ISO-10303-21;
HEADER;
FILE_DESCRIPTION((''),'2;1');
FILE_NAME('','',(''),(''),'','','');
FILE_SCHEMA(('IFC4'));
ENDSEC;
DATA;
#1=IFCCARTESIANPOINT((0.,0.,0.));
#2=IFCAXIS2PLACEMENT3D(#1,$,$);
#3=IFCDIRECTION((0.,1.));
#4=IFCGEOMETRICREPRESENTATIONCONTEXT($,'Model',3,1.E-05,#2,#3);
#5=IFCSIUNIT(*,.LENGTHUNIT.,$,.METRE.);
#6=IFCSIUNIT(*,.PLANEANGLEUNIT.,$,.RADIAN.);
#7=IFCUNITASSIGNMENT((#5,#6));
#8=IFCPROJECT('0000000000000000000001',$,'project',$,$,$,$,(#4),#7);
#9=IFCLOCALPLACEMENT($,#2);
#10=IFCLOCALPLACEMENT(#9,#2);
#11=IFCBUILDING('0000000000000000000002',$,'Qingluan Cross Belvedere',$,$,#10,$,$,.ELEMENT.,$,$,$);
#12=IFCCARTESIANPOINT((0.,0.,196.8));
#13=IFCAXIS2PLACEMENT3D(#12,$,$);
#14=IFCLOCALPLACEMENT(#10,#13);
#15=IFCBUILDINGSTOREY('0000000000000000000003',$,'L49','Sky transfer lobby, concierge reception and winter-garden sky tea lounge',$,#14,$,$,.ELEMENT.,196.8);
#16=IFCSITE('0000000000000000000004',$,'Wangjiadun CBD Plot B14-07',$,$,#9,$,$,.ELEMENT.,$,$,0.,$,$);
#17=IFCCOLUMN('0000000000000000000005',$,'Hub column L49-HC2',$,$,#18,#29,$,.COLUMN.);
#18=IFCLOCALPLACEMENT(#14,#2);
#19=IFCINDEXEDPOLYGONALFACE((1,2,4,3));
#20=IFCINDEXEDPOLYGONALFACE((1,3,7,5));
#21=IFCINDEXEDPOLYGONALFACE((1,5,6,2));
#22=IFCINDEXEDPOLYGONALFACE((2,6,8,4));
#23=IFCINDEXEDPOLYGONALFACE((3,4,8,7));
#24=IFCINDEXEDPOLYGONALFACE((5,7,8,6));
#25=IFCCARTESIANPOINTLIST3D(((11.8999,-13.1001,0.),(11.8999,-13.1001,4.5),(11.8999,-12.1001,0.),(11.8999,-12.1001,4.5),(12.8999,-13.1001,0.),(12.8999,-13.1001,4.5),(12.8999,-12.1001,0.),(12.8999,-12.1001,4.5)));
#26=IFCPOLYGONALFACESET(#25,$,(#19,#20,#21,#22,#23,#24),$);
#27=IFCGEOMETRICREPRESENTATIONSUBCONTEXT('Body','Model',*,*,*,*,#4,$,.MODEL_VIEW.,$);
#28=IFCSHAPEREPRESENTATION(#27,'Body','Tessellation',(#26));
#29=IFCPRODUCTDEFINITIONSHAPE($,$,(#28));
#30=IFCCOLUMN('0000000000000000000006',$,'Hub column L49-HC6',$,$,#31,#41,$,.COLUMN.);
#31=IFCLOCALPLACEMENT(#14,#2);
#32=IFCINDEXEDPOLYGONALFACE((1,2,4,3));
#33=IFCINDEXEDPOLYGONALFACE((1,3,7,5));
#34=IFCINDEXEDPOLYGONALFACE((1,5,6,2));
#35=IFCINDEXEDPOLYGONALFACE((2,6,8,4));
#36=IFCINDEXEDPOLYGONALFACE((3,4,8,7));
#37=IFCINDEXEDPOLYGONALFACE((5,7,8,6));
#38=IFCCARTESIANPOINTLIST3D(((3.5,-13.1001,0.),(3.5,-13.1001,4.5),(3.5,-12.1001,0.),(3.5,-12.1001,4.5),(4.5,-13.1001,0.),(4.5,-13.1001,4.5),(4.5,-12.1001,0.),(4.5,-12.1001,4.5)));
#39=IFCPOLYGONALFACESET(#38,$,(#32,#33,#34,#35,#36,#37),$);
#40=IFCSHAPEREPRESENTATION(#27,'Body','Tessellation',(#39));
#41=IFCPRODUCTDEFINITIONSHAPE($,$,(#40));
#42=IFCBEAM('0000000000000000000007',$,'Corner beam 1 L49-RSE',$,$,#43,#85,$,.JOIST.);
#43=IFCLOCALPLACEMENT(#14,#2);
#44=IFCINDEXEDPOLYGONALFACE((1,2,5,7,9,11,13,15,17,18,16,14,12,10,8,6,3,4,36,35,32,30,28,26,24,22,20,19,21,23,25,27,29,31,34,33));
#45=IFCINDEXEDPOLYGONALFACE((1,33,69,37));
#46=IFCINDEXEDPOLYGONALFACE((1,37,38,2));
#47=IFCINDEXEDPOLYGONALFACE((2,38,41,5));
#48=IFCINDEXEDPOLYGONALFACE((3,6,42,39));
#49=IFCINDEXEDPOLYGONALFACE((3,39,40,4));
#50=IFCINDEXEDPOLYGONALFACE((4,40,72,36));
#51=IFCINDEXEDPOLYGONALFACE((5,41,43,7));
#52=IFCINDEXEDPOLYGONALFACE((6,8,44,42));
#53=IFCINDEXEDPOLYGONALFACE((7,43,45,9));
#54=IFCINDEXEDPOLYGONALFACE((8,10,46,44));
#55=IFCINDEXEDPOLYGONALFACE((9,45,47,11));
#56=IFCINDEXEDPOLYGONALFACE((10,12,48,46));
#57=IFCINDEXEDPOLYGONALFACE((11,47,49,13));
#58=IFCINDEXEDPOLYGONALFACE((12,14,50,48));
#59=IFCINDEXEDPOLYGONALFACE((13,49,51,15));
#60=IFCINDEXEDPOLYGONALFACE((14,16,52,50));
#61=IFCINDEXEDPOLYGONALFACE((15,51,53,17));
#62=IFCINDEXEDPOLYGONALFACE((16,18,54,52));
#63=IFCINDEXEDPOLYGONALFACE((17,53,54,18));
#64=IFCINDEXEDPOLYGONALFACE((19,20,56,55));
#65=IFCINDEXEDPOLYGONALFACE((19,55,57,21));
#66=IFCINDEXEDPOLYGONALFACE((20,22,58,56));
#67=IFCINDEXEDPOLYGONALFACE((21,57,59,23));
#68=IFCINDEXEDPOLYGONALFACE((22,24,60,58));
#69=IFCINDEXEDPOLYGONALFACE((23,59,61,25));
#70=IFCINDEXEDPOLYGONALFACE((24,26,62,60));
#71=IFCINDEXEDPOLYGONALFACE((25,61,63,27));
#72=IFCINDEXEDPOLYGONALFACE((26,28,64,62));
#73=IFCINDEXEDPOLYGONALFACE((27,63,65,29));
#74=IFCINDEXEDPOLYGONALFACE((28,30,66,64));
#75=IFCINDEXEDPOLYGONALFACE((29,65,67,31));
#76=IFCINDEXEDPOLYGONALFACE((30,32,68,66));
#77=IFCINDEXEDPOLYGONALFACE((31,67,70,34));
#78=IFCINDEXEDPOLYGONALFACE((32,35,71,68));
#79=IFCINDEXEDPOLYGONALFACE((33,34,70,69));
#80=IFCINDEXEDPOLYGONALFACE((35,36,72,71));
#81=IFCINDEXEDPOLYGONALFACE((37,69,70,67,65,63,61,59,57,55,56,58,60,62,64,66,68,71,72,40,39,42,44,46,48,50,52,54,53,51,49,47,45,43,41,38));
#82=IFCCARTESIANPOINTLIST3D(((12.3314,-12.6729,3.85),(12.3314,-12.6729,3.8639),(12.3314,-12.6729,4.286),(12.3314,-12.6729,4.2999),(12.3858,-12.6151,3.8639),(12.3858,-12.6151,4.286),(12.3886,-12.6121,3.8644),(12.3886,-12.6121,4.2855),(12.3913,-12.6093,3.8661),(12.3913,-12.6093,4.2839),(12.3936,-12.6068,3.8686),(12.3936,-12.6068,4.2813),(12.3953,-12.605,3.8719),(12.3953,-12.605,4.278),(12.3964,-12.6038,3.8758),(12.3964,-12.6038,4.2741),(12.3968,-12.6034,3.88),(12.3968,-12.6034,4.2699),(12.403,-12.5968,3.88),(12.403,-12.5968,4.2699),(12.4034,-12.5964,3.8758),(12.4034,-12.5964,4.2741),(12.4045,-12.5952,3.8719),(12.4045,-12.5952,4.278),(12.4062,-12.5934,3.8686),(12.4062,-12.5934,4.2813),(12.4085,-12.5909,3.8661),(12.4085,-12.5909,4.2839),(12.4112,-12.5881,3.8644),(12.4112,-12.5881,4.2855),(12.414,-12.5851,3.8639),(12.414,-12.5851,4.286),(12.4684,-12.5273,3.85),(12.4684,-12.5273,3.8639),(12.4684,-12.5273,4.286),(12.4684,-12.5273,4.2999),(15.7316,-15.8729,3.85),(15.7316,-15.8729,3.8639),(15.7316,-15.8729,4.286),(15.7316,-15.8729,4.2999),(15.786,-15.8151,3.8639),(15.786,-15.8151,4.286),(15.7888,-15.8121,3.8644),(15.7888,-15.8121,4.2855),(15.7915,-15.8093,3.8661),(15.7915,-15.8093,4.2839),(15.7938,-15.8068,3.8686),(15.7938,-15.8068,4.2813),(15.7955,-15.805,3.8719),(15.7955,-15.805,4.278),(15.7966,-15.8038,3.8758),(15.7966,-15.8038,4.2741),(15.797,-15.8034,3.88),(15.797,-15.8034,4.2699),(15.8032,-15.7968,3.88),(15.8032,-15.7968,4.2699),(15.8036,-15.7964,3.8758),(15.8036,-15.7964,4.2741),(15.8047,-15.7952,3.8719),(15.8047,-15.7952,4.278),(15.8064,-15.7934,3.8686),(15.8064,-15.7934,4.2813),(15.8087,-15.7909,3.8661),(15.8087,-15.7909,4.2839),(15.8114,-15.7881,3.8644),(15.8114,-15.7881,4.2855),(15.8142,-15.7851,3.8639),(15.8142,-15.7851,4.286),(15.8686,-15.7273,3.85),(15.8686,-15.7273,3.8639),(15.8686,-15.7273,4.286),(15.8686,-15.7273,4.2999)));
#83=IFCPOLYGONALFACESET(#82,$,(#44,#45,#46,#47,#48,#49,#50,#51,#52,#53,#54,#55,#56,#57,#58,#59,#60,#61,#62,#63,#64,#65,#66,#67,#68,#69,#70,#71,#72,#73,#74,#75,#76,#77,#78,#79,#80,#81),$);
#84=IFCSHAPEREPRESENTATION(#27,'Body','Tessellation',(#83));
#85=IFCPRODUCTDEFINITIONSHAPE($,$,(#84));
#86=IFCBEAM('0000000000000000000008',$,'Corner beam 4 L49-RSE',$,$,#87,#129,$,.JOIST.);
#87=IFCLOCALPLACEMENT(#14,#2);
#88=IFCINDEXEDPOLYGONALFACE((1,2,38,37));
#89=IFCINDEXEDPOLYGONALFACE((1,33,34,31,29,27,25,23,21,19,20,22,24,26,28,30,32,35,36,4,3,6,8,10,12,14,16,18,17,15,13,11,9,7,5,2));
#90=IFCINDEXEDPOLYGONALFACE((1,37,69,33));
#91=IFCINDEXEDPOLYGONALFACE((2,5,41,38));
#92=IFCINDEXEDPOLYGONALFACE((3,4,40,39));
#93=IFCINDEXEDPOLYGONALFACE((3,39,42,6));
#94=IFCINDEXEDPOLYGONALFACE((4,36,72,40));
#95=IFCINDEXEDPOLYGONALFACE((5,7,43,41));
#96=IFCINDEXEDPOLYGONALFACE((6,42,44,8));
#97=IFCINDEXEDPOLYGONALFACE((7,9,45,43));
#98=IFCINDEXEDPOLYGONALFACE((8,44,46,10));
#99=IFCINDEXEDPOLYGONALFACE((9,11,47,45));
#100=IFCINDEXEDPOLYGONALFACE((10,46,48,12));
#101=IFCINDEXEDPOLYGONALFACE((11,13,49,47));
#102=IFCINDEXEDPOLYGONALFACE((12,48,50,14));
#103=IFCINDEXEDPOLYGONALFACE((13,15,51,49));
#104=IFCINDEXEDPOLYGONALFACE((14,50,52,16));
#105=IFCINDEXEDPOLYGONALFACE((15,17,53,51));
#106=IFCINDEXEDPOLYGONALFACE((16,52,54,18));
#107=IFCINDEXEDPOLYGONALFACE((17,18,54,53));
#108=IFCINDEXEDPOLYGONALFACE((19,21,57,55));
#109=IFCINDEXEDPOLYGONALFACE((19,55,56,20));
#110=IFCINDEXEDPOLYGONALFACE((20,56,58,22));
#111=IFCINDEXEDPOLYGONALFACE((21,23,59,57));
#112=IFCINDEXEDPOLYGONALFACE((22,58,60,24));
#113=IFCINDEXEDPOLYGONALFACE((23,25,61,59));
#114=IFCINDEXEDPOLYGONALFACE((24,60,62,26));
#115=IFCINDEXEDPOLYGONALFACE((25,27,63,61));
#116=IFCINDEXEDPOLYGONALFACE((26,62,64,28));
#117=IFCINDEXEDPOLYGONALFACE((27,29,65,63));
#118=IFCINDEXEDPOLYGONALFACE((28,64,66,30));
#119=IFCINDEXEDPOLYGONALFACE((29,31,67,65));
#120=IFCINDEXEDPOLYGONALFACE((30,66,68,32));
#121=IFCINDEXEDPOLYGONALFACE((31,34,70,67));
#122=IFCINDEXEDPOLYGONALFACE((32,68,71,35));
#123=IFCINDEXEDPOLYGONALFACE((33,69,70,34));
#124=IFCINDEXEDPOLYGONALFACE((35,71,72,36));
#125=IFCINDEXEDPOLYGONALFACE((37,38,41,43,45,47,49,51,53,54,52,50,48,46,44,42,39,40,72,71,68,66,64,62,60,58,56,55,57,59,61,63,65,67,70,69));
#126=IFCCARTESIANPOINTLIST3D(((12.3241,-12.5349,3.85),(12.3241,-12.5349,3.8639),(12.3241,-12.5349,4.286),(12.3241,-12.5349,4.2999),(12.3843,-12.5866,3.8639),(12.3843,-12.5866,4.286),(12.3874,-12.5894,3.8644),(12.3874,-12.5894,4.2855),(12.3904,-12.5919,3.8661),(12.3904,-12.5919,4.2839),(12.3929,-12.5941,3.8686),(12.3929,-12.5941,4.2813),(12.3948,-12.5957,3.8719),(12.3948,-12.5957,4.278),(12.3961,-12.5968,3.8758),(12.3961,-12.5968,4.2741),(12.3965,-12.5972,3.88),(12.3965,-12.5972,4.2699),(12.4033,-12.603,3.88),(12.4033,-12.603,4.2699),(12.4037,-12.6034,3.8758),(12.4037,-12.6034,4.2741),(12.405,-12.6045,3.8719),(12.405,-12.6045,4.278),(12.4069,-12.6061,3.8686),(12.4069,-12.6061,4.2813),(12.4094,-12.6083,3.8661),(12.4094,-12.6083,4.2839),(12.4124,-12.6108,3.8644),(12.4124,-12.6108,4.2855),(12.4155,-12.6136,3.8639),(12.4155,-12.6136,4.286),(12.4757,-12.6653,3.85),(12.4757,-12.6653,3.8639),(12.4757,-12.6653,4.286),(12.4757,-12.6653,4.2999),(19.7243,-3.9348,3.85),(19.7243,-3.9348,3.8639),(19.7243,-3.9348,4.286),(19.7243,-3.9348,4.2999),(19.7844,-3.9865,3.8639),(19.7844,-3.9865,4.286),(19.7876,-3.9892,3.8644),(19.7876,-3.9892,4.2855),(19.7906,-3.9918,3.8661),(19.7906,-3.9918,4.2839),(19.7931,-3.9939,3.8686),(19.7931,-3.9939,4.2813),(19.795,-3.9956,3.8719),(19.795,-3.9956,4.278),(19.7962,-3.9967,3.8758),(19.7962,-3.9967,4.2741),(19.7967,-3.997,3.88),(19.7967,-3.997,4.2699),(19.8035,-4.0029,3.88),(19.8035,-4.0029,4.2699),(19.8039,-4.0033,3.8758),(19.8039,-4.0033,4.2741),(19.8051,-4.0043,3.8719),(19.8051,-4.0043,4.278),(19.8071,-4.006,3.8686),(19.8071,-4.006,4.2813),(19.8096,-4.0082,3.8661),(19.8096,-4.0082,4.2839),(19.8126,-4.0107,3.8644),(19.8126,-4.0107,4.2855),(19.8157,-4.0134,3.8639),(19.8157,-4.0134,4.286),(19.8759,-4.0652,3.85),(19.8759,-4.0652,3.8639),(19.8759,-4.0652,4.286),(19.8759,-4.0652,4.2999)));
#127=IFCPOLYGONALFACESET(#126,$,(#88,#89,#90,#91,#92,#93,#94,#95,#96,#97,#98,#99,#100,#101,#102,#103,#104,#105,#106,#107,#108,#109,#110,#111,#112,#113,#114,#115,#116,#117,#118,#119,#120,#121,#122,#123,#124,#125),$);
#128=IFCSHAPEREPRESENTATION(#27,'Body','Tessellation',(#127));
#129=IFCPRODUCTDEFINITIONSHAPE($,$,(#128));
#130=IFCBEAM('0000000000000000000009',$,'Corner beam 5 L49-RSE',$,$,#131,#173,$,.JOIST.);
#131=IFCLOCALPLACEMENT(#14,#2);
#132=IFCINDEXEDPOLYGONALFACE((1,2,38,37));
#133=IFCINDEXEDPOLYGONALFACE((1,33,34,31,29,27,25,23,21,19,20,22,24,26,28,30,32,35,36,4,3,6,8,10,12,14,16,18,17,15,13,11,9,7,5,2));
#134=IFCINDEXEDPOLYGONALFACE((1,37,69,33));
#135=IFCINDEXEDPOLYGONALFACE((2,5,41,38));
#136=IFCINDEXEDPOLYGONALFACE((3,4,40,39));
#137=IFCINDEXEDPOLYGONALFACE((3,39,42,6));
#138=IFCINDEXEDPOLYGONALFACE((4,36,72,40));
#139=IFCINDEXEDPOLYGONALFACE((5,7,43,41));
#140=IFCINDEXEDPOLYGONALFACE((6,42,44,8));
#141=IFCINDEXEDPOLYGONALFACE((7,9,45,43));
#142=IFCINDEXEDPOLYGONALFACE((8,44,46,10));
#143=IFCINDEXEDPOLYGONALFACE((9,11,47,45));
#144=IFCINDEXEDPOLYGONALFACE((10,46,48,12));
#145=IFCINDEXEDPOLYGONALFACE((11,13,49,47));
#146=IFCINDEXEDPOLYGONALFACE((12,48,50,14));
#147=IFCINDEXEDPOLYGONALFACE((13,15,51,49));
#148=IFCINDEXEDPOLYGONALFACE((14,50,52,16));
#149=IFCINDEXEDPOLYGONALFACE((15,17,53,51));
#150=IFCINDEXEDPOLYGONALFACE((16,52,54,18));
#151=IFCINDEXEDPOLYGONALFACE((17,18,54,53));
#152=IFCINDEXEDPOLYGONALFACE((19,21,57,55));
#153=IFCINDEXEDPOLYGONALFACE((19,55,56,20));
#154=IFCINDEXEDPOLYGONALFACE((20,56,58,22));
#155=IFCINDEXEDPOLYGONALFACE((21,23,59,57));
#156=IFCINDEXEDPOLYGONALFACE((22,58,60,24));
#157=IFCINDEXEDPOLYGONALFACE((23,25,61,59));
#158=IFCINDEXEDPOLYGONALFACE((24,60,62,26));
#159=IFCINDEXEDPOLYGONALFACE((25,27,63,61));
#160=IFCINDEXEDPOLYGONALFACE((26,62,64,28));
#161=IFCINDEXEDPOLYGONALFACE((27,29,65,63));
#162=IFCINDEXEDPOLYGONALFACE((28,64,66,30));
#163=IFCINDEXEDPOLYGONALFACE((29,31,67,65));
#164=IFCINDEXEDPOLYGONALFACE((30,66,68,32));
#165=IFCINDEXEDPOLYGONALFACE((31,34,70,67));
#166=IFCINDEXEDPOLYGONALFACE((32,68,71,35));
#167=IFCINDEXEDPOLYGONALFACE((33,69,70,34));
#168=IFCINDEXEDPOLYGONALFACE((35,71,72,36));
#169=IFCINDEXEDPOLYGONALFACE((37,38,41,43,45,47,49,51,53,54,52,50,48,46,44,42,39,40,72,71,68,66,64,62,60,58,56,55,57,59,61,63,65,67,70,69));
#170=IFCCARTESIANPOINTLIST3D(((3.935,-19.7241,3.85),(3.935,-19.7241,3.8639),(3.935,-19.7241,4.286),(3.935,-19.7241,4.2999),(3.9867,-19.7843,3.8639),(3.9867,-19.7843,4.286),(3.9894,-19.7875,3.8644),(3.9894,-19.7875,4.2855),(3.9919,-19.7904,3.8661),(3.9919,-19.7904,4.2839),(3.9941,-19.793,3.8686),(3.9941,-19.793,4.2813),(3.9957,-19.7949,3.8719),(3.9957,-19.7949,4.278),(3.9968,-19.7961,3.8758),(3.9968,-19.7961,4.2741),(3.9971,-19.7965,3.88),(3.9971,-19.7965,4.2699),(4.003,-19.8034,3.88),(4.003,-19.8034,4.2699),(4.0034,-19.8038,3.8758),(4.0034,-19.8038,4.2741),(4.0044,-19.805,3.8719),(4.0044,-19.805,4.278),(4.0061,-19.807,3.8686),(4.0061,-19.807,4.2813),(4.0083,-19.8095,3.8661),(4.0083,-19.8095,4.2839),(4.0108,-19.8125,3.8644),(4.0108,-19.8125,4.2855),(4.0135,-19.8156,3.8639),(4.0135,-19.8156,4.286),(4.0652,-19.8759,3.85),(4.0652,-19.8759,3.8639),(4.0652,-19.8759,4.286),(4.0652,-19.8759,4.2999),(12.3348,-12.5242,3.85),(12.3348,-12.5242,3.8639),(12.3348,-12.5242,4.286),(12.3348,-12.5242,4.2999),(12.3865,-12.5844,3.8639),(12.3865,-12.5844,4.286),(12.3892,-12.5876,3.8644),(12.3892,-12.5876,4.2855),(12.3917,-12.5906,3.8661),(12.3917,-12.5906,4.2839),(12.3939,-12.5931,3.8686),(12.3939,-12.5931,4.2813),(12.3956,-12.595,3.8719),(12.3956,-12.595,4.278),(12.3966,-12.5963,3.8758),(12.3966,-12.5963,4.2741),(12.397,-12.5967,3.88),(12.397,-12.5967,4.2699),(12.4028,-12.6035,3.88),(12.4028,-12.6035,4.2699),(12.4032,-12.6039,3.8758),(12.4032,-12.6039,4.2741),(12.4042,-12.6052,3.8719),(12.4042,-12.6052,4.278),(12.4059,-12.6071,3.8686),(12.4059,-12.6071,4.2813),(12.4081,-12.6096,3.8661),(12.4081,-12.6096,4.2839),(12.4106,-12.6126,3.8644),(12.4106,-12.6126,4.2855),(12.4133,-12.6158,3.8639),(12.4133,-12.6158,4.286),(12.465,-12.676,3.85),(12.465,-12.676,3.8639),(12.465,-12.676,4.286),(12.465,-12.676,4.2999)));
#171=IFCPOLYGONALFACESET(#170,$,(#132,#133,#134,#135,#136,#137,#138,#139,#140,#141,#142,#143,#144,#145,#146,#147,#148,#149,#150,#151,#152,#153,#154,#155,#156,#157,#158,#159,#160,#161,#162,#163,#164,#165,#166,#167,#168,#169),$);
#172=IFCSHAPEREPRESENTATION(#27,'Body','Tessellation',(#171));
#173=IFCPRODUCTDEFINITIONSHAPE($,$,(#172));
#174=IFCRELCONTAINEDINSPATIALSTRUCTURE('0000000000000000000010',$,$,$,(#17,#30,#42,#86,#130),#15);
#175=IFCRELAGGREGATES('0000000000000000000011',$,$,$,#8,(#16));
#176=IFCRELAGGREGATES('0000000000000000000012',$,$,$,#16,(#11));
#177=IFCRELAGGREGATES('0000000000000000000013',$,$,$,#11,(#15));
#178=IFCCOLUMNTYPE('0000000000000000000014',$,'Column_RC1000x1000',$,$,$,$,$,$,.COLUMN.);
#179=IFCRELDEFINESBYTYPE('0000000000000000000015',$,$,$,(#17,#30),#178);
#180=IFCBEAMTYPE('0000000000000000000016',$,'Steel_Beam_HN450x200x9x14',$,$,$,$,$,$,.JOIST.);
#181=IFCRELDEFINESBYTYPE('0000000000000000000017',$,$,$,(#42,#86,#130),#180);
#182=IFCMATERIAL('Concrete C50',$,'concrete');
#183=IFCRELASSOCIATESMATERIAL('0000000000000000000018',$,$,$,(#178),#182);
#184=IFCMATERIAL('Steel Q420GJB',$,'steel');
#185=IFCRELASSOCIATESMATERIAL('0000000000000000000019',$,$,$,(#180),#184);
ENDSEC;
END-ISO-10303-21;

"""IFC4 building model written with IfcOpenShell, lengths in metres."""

from ifc_helpers import new_model, si_unit, direction, frame, origin, origin_2d, place, context, subcontext, project, spatial, rectangle, i_section, extrude, material, material_profile, profile_set, type_object, element, save


model = new_model("IFC4")

# Units and contexts
model_context = context("Model", 3, precision=1e-05, world=origin(), true_north=direction((0.0, 1.0)))
body_context = subcontext(model_context, "Body", "Model", "MODEL_VIEW")
ifc_project = project(units=[si_unit("LENGTHUNIT", "METRE"), si_unit("PLANEANGLEUNIT", "RADIAN")], contexts=[model_context])

# Site, building, storey
site_placement = place(None, origin())
site = spatial("IfcSite", under=ifc_project, at=site_placement, Name="Wangjiadun CBD Plot B14-07", CompositionType="ELEMENT", RefElevation=0.0)
building_placement = place(site_placement, origin())
building = spatial("IfcBuilding", under=site, at=building_placement, Name="Qingluan Cross Belvedere", CompositionType="ELEMENT")
storey_placement = place(building_placement, frame((0.0, 0.0, 196.8)))
storey = spatial("IfcBuildingStorey", under=building, at=storey_placement, Name="L49", Description="Sky transfer lobby, concierge reception and winter-garden sky tea lounge", CompositionType="ELEMENT", Elevation=196.8)

# Columns
ifc_material_1 = material(Name="Concrete C50", Category="concrete")
ifc_material_profile_1 = material_profile(ifc_material_1, rectangle(XDim=1.0, YDim=1.0, at=origin_2d()), Name="RC1000x1000")
ifc_profile_set_1 = profile_set([ifc_material_profile_1], Name="Concrete C50")
column_type = type_object("IfcColumnType", Name="Column_RC1000x1000", PredefinedType="COLUMN", material=ifc_profile_set_1)
for number, where, z_axis, x_axis, name in (
    (1, (12.3999, -12.6001, 0.0), (0.0, 0.0, 1.0), (1.0, 0.0, 0.0), "Hub column L49-HC2"),
    (2, (4.0, -12.6001, 0.0), (0.0, 0.0, 1.0), (1.0, 0.0, 0.0), "Hub column L49-HC6"),
):
    element("IfcColumn", number, at=place(storey_placement, frame(where, z_axis=z_axis, x_axis=x_axis)), inside=storey, type_object=column_type, Name=name, PredefinedType="COLUMN", context=body_context, shape_type="SweptSolid", body=[
        extrude(rectangle(XDim=1.0, YDim=1.0, at=origin_2d()), origin(), (0.0, 0.0, 1.0), 4.5),
    ])

# Beams
ifc_material_2 = material(Name="Steel Q420GJB", Category="steel")
ifc_material_profile_2 = material_profile(ifc_material_2, i_section(OverallWidth=0.2, OverallDepth=0.45, WebThickness=0.009, FlangeThickness=0.0139, FilletRadius=0.0161, at=origin_2d()), Name="HN450x200x9x14")
ifc_profile_set_2 = profile_set([ifc_material_profile_2], Name="Steel Q420GJB")
beam_type_1 = type_object("IfcBeamType", Name="Steel_Beam_HN450x200x9x14", PredefinedType="JOIST", material=ifc_profile_set_2)
beam_1_placement = place(storey_placement, frame((12.3999, -12.6001, 4.075), z_axis=(0.72822, -0.685343, 0.0), x_axis=(0.685343, 0.72822, 0.0)))
element("IfcBeam", 3, at=beam_1_placement, inside=storey, type_object=beam_type_1, Name="Corner beam 1 L49-RSE", PredefinedType="JOIST", context=body_context, shape_type="SweptSolid", body=[
    extrude(i_section(OverallWidth=0.2, OverallDepth=0.45, WebThickness=0.009, FlangeThickness=0.0139, FilletRadius=0.0161, at=origin_2d()), origin(), (0.0, 0.0, 1.0), 4.6692),
])
beam_2_placement = place(storey_placement, frame((12.3999, -12.6001, 4.075), z_axis=(0.652245, 0.758008, 0.0), x_axis=(-0.758008, 0.652245, 0.0)))
element("IfcBeam", 4, at=beam_2_placement, inside=storey, type_object=beam_type_1, Name="Corner beam 4 L49-RSE", PredefinedType="JOIST", context=body_context, shape_type="SweptSolid", body=[
    extrude(i_section(OverallWidth=0.2, OverallDepth=0.45, WebThickness=0.009, FlangeThickness=0.0139, FilletRadius=0.0161, at=origin_2d()), origin(), (0.0, 0.0, 1.0), 11.3457),
])
beam_3_placement = place(storey_placement, frame((12.3999, -12.6001, 4.075), z_axis=(-0.759255, -0.650793, 0.0), x_axis=(0.650793, -0.759255, 0.0)))
element("IfcBeam", 5, at=beam_3_placement, inside=storey, type_object=beam_type_1, Name="Corner beam 5 L49-RSE", PredefinedType="JOIST", context=body_context, shape_type="SweptSolid", body=[
    extrude(i_section(OverallWidth=0.2, OverallDepth=0.45, WebThickness=0.009, FlangeThickness=0.0139, FilletRadius=0.0161, at=origin_2d()), origin(), (0.0, 0.0, 1.0), 11.0632),
])

save(model, "model.ifc")
